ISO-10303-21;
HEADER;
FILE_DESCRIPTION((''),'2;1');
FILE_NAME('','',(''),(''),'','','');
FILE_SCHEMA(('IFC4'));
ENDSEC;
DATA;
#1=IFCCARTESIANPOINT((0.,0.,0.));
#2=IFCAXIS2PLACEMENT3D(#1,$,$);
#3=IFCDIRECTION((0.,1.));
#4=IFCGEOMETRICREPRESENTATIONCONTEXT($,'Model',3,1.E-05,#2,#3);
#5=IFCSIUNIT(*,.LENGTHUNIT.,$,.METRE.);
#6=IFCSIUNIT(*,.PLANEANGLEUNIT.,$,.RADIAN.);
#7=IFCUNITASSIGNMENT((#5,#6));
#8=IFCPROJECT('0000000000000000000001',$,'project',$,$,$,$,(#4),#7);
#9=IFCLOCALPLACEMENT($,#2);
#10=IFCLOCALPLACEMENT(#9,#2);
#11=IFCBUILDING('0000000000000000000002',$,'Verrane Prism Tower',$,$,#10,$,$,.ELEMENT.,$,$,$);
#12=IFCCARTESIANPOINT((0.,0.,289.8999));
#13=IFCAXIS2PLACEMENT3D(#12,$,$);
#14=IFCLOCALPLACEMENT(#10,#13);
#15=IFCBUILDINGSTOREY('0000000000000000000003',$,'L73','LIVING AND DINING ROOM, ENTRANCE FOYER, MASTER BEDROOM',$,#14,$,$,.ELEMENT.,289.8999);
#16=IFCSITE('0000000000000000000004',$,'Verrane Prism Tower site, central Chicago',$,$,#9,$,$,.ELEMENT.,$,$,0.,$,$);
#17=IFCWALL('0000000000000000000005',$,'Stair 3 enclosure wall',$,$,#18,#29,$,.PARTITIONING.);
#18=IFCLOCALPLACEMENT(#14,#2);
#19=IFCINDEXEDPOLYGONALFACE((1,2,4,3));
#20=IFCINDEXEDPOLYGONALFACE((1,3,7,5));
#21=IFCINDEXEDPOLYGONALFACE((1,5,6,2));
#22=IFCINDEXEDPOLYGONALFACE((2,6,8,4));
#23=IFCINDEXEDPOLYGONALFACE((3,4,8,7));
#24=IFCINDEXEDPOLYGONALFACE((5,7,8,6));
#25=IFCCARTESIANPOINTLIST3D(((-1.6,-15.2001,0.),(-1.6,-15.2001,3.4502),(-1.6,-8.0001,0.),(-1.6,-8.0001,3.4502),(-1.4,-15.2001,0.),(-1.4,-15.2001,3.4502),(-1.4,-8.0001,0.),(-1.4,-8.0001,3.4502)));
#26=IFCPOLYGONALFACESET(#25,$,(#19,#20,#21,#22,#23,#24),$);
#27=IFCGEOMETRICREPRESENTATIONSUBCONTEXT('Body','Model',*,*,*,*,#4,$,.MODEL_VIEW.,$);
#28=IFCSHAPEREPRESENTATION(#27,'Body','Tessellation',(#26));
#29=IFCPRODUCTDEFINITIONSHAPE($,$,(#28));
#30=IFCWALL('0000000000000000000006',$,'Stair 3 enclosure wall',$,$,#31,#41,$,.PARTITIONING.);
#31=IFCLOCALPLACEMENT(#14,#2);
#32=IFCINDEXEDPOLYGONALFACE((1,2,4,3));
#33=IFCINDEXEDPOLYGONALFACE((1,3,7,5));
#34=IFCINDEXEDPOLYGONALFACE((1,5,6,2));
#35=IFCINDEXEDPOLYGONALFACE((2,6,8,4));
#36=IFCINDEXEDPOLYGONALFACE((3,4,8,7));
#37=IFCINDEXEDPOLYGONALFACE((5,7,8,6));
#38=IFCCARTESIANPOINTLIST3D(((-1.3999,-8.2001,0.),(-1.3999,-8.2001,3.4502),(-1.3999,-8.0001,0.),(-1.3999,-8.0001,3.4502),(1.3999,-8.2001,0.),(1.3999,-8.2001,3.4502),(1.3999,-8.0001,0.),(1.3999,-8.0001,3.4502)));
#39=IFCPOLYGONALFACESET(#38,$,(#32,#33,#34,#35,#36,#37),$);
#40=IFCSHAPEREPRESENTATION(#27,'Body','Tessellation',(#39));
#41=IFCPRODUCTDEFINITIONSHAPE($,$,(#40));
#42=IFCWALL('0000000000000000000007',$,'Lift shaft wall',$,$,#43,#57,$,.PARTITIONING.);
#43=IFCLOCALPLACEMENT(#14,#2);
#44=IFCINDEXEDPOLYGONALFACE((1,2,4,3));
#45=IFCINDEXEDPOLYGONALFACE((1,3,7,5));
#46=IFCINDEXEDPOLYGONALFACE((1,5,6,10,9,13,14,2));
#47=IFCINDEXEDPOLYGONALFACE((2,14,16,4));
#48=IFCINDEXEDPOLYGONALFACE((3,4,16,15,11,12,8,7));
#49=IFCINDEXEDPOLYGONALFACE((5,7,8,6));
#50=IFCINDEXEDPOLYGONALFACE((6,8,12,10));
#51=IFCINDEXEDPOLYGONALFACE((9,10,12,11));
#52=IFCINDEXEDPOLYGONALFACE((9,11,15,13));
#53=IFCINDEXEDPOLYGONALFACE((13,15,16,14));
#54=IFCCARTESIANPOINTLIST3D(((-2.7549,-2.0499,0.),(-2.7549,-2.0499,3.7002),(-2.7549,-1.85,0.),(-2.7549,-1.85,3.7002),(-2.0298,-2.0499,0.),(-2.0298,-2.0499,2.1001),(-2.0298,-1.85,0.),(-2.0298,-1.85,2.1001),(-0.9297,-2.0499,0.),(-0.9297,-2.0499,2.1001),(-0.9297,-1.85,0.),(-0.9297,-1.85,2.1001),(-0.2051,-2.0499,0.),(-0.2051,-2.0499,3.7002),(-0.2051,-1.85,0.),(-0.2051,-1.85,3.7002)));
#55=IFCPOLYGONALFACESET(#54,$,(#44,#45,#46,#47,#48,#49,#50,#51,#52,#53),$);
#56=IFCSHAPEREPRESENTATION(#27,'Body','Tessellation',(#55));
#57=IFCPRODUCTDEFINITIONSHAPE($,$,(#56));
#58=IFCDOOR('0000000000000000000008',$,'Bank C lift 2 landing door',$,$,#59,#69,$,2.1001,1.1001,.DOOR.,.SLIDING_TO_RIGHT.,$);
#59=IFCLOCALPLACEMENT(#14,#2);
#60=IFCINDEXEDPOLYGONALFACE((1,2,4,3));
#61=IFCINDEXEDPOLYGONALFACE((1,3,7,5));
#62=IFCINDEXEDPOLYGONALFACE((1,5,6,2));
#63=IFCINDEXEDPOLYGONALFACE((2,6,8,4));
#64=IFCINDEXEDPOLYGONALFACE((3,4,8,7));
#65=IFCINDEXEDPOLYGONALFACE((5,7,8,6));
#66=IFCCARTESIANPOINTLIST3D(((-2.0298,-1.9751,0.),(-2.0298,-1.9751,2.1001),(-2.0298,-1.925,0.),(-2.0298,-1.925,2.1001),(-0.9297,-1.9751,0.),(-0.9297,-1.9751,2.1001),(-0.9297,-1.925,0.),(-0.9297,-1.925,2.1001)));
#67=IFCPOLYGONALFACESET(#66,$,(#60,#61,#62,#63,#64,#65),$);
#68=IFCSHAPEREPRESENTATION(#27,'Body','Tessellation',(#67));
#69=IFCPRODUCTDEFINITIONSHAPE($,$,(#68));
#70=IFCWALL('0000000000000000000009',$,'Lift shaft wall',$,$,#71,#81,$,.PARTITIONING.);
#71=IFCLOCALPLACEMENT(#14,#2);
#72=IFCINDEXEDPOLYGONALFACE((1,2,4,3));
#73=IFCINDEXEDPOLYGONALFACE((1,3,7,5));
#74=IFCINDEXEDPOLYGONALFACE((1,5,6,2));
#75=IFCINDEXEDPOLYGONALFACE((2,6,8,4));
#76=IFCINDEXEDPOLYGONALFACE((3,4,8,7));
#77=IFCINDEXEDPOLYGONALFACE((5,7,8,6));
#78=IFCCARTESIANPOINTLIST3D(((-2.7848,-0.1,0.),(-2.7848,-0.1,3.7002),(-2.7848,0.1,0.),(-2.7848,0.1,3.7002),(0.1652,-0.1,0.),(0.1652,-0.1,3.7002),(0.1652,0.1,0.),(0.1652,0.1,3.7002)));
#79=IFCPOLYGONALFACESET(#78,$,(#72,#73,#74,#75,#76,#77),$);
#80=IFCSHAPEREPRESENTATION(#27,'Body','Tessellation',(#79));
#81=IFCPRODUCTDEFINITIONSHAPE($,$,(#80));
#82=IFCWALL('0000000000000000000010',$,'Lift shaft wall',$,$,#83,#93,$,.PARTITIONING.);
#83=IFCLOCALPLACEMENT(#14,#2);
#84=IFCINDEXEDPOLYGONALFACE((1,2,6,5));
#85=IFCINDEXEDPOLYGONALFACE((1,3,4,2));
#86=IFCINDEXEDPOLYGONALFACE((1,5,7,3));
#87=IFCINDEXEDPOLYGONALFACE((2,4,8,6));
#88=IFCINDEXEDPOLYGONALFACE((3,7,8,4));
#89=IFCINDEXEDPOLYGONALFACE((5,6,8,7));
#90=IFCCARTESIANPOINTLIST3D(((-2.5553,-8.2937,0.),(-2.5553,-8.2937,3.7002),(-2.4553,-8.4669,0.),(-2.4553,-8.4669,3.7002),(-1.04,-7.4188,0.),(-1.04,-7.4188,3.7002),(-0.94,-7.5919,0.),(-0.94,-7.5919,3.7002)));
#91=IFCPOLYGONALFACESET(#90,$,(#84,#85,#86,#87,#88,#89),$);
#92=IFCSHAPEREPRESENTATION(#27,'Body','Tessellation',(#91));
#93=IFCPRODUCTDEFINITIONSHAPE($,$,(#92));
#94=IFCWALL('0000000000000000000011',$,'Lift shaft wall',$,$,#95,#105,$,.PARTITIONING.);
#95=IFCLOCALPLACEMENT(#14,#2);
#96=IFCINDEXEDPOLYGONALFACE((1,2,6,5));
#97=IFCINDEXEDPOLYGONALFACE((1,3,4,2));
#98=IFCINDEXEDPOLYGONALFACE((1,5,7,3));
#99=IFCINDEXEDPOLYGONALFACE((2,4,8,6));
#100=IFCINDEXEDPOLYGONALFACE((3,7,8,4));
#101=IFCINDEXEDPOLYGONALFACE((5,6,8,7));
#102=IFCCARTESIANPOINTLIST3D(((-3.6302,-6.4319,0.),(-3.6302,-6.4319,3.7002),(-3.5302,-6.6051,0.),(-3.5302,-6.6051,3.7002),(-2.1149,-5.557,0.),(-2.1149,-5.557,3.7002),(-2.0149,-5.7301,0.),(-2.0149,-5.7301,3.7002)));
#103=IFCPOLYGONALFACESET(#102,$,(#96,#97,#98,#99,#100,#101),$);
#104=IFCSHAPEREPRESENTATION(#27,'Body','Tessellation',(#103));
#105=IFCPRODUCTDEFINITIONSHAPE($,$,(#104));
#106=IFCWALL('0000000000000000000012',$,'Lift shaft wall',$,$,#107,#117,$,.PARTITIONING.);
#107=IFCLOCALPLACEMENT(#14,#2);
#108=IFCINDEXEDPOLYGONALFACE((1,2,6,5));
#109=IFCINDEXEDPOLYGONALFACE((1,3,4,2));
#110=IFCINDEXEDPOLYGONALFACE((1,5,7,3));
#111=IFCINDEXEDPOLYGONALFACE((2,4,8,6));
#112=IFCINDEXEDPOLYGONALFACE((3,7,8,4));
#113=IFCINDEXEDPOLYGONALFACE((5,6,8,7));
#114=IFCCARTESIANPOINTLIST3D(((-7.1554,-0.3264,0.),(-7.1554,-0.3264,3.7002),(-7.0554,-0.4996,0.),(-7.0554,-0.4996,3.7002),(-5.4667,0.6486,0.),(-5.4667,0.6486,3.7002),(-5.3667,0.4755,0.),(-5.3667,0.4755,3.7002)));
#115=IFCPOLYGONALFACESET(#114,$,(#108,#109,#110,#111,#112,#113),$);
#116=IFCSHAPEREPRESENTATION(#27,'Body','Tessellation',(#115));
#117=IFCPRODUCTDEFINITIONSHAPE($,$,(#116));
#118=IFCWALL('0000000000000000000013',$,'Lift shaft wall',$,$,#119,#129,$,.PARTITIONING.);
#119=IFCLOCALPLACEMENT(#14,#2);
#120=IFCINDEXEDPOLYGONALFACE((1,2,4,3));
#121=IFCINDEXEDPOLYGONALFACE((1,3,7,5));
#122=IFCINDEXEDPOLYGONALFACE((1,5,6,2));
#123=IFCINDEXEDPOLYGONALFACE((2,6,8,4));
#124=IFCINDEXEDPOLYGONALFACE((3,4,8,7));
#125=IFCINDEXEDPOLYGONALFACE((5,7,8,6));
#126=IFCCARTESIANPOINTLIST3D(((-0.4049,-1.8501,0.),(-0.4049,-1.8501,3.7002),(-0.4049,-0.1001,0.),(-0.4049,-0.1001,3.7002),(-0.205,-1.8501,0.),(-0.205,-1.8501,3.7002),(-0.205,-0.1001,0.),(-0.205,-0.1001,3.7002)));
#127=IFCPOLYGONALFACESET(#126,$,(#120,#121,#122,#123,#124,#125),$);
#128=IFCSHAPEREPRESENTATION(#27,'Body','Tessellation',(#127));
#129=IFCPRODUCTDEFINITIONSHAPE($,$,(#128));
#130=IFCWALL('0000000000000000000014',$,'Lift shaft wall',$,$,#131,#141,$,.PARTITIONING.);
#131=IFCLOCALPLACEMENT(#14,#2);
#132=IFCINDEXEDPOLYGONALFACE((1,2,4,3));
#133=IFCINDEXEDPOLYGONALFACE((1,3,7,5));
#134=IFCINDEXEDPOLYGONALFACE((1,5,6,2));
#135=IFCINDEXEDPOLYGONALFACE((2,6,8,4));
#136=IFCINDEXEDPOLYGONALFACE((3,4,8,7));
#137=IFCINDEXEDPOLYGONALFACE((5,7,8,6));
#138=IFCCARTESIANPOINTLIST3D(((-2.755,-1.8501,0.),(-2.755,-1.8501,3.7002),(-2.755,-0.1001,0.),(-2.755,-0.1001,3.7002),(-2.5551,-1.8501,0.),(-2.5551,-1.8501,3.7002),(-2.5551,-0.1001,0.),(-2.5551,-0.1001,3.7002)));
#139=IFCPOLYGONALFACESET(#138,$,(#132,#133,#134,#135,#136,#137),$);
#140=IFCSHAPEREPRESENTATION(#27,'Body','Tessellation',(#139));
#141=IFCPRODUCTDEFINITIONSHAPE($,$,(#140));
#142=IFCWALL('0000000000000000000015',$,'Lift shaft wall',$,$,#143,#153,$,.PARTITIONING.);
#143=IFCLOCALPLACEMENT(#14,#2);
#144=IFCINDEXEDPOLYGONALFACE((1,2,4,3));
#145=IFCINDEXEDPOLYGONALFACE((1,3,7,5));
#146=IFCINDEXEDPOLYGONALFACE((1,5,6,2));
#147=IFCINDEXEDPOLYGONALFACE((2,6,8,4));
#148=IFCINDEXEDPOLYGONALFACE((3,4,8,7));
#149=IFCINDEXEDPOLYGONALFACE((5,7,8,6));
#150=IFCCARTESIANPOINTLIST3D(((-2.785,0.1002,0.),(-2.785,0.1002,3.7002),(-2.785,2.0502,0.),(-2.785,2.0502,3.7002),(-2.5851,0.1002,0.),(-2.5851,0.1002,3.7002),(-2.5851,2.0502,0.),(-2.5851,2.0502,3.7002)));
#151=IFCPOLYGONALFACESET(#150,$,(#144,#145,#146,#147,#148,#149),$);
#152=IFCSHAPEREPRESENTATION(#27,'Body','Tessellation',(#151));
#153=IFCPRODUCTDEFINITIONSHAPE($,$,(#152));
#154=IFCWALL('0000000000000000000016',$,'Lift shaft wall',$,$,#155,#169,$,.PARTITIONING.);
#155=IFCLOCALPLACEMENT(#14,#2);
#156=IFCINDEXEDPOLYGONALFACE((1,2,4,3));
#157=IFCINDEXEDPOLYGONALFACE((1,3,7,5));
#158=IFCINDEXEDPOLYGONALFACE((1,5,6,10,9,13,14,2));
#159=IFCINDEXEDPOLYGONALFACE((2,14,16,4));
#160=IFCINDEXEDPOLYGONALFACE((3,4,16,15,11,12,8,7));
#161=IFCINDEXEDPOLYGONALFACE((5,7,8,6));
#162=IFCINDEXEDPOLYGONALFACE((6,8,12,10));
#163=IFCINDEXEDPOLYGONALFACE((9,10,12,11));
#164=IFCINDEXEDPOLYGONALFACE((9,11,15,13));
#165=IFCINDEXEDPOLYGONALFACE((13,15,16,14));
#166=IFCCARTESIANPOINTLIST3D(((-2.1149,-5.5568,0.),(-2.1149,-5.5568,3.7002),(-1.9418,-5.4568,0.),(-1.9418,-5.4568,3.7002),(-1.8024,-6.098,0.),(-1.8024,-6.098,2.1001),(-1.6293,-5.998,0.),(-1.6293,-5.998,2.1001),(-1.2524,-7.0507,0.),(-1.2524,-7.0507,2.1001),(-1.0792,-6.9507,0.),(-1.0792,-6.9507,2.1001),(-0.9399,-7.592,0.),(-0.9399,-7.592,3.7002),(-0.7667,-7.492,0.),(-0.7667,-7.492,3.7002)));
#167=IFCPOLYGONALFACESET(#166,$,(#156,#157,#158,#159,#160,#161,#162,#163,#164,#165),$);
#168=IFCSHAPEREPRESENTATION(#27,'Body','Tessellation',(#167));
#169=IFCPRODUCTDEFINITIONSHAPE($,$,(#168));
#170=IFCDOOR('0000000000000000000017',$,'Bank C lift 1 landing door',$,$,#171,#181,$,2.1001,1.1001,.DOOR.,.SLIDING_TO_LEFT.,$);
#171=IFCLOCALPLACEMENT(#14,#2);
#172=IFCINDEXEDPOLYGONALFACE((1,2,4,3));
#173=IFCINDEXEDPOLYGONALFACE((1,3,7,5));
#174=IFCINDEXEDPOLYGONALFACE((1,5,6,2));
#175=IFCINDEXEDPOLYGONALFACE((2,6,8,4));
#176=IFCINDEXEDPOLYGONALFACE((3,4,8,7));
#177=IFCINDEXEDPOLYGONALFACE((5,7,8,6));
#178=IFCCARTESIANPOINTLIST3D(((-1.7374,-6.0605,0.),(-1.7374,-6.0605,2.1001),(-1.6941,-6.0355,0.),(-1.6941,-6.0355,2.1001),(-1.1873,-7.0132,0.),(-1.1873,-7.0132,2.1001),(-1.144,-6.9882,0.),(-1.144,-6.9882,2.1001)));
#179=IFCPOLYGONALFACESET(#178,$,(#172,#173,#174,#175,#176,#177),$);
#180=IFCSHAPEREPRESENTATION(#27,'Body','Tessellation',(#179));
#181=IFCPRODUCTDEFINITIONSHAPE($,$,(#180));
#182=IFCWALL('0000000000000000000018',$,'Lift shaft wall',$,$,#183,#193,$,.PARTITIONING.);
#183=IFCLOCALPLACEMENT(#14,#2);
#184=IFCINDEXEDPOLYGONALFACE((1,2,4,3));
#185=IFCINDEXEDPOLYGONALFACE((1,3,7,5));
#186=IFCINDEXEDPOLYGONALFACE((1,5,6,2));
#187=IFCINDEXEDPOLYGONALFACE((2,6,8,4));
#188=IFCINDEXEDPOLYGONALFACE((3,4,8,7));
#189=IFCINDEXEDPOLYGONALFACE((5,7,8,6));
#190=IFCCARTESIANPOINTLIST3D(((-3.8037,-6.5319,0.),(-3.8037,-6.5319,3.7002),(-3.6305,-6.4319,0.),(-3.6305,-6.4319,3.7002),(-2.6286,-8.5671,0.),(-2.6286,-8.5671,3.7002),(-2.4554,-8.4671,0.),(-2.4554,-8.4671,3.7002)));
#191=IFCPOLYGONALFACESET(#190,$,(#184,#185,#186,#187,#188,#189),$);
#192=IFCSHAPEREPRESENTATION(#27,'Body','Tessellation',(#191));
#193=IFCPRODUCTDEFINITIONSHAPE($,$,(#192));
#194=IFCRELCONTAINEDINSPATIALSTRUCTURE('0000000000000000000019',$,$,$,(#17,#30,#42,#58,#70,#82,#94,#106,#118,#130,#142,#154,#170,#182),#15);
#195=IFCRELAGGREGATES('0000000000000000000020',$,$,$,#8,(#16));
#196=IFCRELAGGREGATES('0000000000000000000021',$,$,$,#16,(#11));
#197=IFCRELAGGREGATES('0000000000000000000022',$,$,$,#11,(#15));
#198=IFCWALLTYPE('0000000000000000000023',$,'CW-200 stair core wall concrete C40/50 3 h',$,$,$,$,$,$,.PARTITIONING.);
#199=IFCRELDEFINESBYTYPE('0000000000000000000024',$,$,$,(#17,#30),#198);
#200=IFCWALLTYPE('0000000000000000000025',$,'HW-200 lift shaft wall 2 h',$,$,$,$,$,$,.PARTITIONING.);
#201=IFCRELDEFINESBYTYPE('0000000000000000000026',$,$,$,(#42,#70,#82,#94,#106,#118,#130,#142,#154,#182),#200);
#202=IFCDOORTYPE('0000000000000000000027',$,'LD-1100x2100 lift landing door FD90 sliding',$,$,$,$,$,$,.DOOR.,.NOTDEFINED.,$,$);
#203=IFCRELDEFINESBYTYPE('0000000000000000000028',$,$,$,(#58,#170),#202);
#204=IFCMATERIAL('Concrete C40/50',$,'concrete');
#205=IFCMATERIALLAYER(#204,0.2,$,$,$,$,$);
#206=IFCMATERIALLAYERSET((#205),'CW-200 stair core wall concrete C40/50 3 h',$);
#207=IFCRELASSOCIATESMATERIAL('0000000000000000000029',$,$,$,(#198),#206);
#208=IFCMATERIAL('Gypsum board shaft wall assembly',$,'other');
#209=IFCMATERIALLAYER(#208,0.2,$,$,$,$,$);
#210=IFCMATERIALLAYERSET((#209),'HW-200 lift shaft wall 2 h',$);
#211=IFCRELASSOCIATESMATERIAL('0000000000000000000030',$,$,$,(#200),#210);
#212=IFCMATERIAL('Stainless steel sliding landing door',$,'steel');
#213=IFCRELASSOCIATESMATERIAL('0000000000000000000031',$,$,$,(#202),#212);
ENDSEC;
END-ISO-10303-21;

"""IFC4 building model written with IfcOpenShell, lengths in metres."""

from ifc_helpers import new_model, si_unit, direction, frame, frame_2d, origin, place, context, subcontext, project, spatial, rectangle, extrude, material, layer, layer_set, type_object, element, fill, save


model = new_model("IFC4")

# Units and contexts
model_context = context("Model", 3, precision=1e-05, world=origin(), true_north=direction((0.0, 1.0)))
body_context = subcontext(model_context, "Body", "Model", "MODEL_VIEW")
ifc_project = project(units=[si_unit("LENGTHUNIT", "METRE"), si_unit("PLANEANGLEUNIT", "RADIAN")], contexts=[model_context])

# Site, building, storey
site_placement = place(None, origin())
site = spatial("IfcSite", under=ifc_project, at=site_placement, Name="Verrane Prism Tower site, central Chicago", CompositionType="ELEMENT", RefElevation=0.0)
building_placement = place(site_placement, origin())
building = spatial("IfcBuilding", under=site, at=building_placement, Name="Verrane Prism Tower", CompositionType="ELEMENT")
storey_placement = place(building_placement, frame((0.0, 0.0, 289.8999)))
storey = spatial("IfcBuildingStorey", under=building, at=storey_placement, Name="L73", Description="LIVING AND DINING ROOM, ENTRANCE FOYER, MASTER BEDROOM", CompositionType="ELEMENT", Elevation=289.8999)

# Walls
ifc_material_1 = material(Name="Concrete C40/50", Category="concrete")
ifc_layer_1 = layer(ifc_material_1, 0.2)
ifc_layer_set_1 = layer_set([ifc_layer_1], Name="CW-200 stair core wall concrete C40/50 3 h")
wall_type_1 = type_object("IfcWallType", Name="CW-200 stair core wall concrete C40/50 3 h", PredefinedType="PARTITIONING", material=ifc_layer_set_1)
wall_1_placement = place(storey_placement, frame((-1.5, -8.0, 0.0), z_axis=(0.0, 0.0, 1.0), x_axis=(0.0, -1.0, 0.0)))
element("IfcWall", 1, at=wall_1_placement, inside=storey, type_object=wall_type_1, Name="Stair 3 enclosure wall", PredefinedType="PARTITIONING", context=body_context, shape_type="SweptSolid", body=[
    extrude(rectangle(XDim=7.2, YDim=0.2, at=frame_2d((3.6001, 0.0))), origin(), (0.0, 0.0, 1.0), 3.4502),
])
wall_2_placement = place(storey_placement, frame((-1.3999, -8.1001, 0.0), z_axis=(0.0, 0.0, 1.0), x_axis=(1.0, 0.0, 0.0)))
element("IfcWall", 2, at=wall_2_placement, inside=storey, type_object=wall_type_1, Name="Stair 3 enclosure wall", PredefinedType="PARTITIONING", context=body_context, shape_type="SweptSolid", body=[
    extrude(rectangle(XDim=2.7998, YDim=0.2, at=frame_2d((1.3999, 0.0))), origin(), (0.0, 0.0, 1.0), 3.4502),
])

# Wall, opening, door
ifc_material_2 = material(Name="Gypsum board shaft wall assembly", Category="other")
ifc_layer_2 = layer(ifc_material_2, 0.2)
ifc_layer_set_2 = layer_set([ifc_layer_2], Name="HW-200 lift shaft wall 2 h")
wall_type_2 = type_object("IfcWallType", Name="HW-200 lift shaft wall 2 h", PredefinedType="PARTITIONING", material=ifc_layer_set_2)
wall_3_placement = place(storey_placement, frame((-2.7549, -1.95, 0.0), z_axis=(0.0, 0.0, 1.0), x_axis=(1.0, 0.0, 0.0)))
wall_3 = element("IfcWall", 3, at=wall_3_placement, inside=storey, type_object=wall_type_2, Name="Lift shaft wall", PredefinedType="PARTITIONING", context=body_context, shape_type="SweptSolid", body=[
    extrude(rectangle(XDim=2.5498, YDim=0.2, at=frame_2d((1.2749, 0.0))), origin(), (0.0, 0.0, 1.0), 3.7002),
])
opening_1_placement = place(wall_3_placement, frame((0.7251, 0.0, 0.0)))
opening_1 = element("IfcOpeningElement", 4, at=opening_1_placement, cuts=wall_3, PredefinedType="OPENING", context=body_context, shape_type="SweptSolid", body=[
    extrude(rectangle(XDim=1.1001, YDim=2.1001, at=frame_2d((0.55, 1.05))), frame((0.0, 0.1099, 0.0), z_axis=(0.0, -1.0, 0.0), x_axis=(1.0, 0.0, 0.0)), (0.0, 0.0, 1.0), 0.22),
])
ifc_material_3 = material(Name="Stainless steel sliding landing door", Category="steel")
door_type_1 = type_object("IfcDoorType", Name="LD-1100x2100 lift landing door FD90 sliding", OperationType="NOTDEFINED", PredefinedType="DOOR", material=ifc_material_3)
door_1_placement = place(opening_1_placement, origin())
door_1 = element("IfcDoor", 5, at=door_1_placement, inside=storey, type_object=door_type_1, Name="Bank C lift 2 landing door", OperationType="SLIDING_TO_RIGHT", OverallHeight=2.1001, OverallWidth=1.1001, PredefinedType="DOOR", context=body_context, shape_type="SweptSolid", body=[
    extrude(rectangle(XDim=1.1001, YDim=2.1001, at=frame_2d((0.55, 1.05))), frame((0.0, 0.0249, 0.0), z_axis=(0.0, -1.0, 0.0), x_axis=(1.0, 0.0, 0.0)), (0.0, 0.0, 1.0), 0.05),
])
fill(opening_1, door_1)

# Walls
wall_4_placement = place(storey_placement, frame((-2.7849, 0.0, 0.0), z_axis=(0.0, 0.0, 1.0), x_axis=(1.0, 0.0, 0.0)))
element("IfcWall", 6, at=wall_4_placement, inside=storey, type_object=wall_type_2, Name="Lift shaft wall", PredefinedType="PARTITIONING", context=body_context, shape_type="SweptSolid", body=[
    extrude(rectangle(XDim=2.95, YDim=0.2, at=frame_2d((1.4751, 0.0))), origin(), (0.0, 0.0, 1.0), 3.7002),
])
for number, where, z_axis, x_axis, name in (
    (7, (-2.5054, -8.3804, 0.0), (0.0, 0.0, 1.0), (0.866002, 0.50004, 0.0), "Lift shaft wall"),
    (8, (-3.5803, -6.5186, 0.0), (0.0, 0.0, 1.0), (0.866002, 0.50004, 0.0), "Lift shaft wall"),
):
    element("IfcWall", number, at=place(storey_placement, frame(where, z_axis=z_axis, x_axis=x_axis)), inside=storey, type_object=wall_type_2, Name=name, PredefinedType="PARTITIONING", context=body_context, shape_type="SweptSolid", body=[
        extrude(rectangle(XDim=1.7498, YDim=0.2, at=frame_2d((0.875, 0.0))), origin(), (0.0, 0.0, 1.0), 3.7002),
    ])
wall_5_placement = place(storey_placement, frame((-7.1055, -0.4131, 0.0), z_axis=(0.0, 0.0, 1.0), x_axis=(0.866, 0.500044, 0.0)))
element("IfcWall", 9, at=wall_5_placement, inside=storey, type_object=wall_type_2, Name="Lift shaft wall", PredefinedType="PARTITIONING", context=body_context, shape_type="SweptSolid", body=[
    extrude(rectangle(XDim=1.95, YDim=0.2, at=frame_2d((0.9751, 0.0))), origin(), (0.0, 0.0, 1.0), 3.7002),
])
for number, where, z_axis, x_axis, name in (
    (10, (-0.3049, -1.8501, 0.0), (0.0, 0.0, 1.0), (0.0, 1.0, 0.0), "Lift shaft wall"),
    (11, (-2.655, -1.8501, 0.0), (0.0, 0.0, 1.0), (0.0, 1.0, 0.0), "Lift shaft wall"),
):
    element("IfcWall", number, at=place(storey_placement, frame(where, z_axis=z_axis, x_axis=x_axis)), inside=storey, type_object=wall_type_2, Name=name, PredefinedType="PARTITIONING", context=body_context, shape_type="SweptSolid", body=[
        extrude(rectangle(XDim=1.75, YDim=0.2, at=frame_2d((0.875, 0.0))), origin(), (0.0, 0.0, 1.0), 3.7002),
    ])
wall_6_placement = place(storey_placement, frame((-2.6851, 0.1001, 0.0), z_axis=(0.0, 0.0, 1.0), x_axis=(0.0, 1.0, 0.0)))
element("IfcWall", 12, at=wall_6_placement, inside=storey, type_object=wall_type_2, Name="Lift shaft wall", PredefinedType="PARTITIONING", context=body_context, shape_type="SweptSolid", body=[
    extrude(rectangle(XDim=1.95, YDim=0.2, at=frame_2d((0.9751, 0.0))), origin(), (0.0, 0.0, 1.0), 3.7002),
])

# Wall, opening, door
wall_7_placement = place(storey_placement, frame((-0.8533, -7.542, 0.0), z_axis=(0.0, 0.0, 1.0), x_axis=(-0.500016, 0.866016, 0.0)))
wall_7 = element("IfcWall", 13, at=wall_7_placement, inside=storey, type_object=wall_type_2, Name="Lift shaft wall", PredefinedType="PARTITIONING", context=body_context, shape_type="SweptSolid", body=[
    extrude(rectangle(XDim=2.3501, YDim=0.2, at=frame_2d((1.175, 0.0))), origin(), (0.0, 0.0, 1.0), 3.7002),
])
opening_2_placement = place(wall_7_placement, frame((0.625, 0.0, 0.0)))
opening_2 = element("IfcOpeningElement", 14, at=opening_2_placement, cuts=wall_7, PredefinedType="OPENING", context=body_context, shape_type="SweptSolid", body=[
    extrude(rectangle(XDim=1.1001, YDim=2.1001, at=frame_2d((0.55, 1.05))), frame((0.0, 0.1099, 0.0), z_axis=(0.0, -1.0, 0.0), x_axis=(1.0, 0.0, 0.0)), (0.0, 0.0, 1.0), 0.22),
])
door_2_placement = place(opening_2_placement, origin())
door_2 = element("IfcDoor", 15, at=door_2_placement, inside=storey, type_object=door_type_1, Name="Bank C lift 1 landing door", OperationType="SLIDING_TO_LEFT", OverallHeight=2.1001, OverallWidth=1.1001, PredefinedType="DOOR", context=body_context, shape_type="SweptSolid", body=[
    extrude(rectangle(XDim=1.1001, YDim=2.1001, at=frame_2d((0.55, 1.05))), frame((0.0, 0.0249, 0.0), z_axis=(0.0, -1.0, 0.0), x_axis=(1.0, 0.0, 0.0)), (0.0, 0.0, 1.0), 0.05),
])
fill(opening_2, door_2)

# Wall
wall_8_placement = place(storey_placement, frame((-2.542, -8.5171, 0.0), z_axis=(0.0, 0.0, 1.0), x_axis=(-0.500016, 0.866016, 0.0)))
element("IfcWall", 16, at=wall_8_placement, inside=storey, type_object=wall_type_2, Name="Lift shaft wall", PredefinedType="PARTITIONING", context=body_context, shape_type="SweptSolid", body=[
    extrude(rectangle(XDim=2.3501, YDim=0.2, at=frame_2d((1.175, 0.0))), origin(), (0.0, 0.0, 1.0), 3.7002),
])

save(model, "model.ifc")
